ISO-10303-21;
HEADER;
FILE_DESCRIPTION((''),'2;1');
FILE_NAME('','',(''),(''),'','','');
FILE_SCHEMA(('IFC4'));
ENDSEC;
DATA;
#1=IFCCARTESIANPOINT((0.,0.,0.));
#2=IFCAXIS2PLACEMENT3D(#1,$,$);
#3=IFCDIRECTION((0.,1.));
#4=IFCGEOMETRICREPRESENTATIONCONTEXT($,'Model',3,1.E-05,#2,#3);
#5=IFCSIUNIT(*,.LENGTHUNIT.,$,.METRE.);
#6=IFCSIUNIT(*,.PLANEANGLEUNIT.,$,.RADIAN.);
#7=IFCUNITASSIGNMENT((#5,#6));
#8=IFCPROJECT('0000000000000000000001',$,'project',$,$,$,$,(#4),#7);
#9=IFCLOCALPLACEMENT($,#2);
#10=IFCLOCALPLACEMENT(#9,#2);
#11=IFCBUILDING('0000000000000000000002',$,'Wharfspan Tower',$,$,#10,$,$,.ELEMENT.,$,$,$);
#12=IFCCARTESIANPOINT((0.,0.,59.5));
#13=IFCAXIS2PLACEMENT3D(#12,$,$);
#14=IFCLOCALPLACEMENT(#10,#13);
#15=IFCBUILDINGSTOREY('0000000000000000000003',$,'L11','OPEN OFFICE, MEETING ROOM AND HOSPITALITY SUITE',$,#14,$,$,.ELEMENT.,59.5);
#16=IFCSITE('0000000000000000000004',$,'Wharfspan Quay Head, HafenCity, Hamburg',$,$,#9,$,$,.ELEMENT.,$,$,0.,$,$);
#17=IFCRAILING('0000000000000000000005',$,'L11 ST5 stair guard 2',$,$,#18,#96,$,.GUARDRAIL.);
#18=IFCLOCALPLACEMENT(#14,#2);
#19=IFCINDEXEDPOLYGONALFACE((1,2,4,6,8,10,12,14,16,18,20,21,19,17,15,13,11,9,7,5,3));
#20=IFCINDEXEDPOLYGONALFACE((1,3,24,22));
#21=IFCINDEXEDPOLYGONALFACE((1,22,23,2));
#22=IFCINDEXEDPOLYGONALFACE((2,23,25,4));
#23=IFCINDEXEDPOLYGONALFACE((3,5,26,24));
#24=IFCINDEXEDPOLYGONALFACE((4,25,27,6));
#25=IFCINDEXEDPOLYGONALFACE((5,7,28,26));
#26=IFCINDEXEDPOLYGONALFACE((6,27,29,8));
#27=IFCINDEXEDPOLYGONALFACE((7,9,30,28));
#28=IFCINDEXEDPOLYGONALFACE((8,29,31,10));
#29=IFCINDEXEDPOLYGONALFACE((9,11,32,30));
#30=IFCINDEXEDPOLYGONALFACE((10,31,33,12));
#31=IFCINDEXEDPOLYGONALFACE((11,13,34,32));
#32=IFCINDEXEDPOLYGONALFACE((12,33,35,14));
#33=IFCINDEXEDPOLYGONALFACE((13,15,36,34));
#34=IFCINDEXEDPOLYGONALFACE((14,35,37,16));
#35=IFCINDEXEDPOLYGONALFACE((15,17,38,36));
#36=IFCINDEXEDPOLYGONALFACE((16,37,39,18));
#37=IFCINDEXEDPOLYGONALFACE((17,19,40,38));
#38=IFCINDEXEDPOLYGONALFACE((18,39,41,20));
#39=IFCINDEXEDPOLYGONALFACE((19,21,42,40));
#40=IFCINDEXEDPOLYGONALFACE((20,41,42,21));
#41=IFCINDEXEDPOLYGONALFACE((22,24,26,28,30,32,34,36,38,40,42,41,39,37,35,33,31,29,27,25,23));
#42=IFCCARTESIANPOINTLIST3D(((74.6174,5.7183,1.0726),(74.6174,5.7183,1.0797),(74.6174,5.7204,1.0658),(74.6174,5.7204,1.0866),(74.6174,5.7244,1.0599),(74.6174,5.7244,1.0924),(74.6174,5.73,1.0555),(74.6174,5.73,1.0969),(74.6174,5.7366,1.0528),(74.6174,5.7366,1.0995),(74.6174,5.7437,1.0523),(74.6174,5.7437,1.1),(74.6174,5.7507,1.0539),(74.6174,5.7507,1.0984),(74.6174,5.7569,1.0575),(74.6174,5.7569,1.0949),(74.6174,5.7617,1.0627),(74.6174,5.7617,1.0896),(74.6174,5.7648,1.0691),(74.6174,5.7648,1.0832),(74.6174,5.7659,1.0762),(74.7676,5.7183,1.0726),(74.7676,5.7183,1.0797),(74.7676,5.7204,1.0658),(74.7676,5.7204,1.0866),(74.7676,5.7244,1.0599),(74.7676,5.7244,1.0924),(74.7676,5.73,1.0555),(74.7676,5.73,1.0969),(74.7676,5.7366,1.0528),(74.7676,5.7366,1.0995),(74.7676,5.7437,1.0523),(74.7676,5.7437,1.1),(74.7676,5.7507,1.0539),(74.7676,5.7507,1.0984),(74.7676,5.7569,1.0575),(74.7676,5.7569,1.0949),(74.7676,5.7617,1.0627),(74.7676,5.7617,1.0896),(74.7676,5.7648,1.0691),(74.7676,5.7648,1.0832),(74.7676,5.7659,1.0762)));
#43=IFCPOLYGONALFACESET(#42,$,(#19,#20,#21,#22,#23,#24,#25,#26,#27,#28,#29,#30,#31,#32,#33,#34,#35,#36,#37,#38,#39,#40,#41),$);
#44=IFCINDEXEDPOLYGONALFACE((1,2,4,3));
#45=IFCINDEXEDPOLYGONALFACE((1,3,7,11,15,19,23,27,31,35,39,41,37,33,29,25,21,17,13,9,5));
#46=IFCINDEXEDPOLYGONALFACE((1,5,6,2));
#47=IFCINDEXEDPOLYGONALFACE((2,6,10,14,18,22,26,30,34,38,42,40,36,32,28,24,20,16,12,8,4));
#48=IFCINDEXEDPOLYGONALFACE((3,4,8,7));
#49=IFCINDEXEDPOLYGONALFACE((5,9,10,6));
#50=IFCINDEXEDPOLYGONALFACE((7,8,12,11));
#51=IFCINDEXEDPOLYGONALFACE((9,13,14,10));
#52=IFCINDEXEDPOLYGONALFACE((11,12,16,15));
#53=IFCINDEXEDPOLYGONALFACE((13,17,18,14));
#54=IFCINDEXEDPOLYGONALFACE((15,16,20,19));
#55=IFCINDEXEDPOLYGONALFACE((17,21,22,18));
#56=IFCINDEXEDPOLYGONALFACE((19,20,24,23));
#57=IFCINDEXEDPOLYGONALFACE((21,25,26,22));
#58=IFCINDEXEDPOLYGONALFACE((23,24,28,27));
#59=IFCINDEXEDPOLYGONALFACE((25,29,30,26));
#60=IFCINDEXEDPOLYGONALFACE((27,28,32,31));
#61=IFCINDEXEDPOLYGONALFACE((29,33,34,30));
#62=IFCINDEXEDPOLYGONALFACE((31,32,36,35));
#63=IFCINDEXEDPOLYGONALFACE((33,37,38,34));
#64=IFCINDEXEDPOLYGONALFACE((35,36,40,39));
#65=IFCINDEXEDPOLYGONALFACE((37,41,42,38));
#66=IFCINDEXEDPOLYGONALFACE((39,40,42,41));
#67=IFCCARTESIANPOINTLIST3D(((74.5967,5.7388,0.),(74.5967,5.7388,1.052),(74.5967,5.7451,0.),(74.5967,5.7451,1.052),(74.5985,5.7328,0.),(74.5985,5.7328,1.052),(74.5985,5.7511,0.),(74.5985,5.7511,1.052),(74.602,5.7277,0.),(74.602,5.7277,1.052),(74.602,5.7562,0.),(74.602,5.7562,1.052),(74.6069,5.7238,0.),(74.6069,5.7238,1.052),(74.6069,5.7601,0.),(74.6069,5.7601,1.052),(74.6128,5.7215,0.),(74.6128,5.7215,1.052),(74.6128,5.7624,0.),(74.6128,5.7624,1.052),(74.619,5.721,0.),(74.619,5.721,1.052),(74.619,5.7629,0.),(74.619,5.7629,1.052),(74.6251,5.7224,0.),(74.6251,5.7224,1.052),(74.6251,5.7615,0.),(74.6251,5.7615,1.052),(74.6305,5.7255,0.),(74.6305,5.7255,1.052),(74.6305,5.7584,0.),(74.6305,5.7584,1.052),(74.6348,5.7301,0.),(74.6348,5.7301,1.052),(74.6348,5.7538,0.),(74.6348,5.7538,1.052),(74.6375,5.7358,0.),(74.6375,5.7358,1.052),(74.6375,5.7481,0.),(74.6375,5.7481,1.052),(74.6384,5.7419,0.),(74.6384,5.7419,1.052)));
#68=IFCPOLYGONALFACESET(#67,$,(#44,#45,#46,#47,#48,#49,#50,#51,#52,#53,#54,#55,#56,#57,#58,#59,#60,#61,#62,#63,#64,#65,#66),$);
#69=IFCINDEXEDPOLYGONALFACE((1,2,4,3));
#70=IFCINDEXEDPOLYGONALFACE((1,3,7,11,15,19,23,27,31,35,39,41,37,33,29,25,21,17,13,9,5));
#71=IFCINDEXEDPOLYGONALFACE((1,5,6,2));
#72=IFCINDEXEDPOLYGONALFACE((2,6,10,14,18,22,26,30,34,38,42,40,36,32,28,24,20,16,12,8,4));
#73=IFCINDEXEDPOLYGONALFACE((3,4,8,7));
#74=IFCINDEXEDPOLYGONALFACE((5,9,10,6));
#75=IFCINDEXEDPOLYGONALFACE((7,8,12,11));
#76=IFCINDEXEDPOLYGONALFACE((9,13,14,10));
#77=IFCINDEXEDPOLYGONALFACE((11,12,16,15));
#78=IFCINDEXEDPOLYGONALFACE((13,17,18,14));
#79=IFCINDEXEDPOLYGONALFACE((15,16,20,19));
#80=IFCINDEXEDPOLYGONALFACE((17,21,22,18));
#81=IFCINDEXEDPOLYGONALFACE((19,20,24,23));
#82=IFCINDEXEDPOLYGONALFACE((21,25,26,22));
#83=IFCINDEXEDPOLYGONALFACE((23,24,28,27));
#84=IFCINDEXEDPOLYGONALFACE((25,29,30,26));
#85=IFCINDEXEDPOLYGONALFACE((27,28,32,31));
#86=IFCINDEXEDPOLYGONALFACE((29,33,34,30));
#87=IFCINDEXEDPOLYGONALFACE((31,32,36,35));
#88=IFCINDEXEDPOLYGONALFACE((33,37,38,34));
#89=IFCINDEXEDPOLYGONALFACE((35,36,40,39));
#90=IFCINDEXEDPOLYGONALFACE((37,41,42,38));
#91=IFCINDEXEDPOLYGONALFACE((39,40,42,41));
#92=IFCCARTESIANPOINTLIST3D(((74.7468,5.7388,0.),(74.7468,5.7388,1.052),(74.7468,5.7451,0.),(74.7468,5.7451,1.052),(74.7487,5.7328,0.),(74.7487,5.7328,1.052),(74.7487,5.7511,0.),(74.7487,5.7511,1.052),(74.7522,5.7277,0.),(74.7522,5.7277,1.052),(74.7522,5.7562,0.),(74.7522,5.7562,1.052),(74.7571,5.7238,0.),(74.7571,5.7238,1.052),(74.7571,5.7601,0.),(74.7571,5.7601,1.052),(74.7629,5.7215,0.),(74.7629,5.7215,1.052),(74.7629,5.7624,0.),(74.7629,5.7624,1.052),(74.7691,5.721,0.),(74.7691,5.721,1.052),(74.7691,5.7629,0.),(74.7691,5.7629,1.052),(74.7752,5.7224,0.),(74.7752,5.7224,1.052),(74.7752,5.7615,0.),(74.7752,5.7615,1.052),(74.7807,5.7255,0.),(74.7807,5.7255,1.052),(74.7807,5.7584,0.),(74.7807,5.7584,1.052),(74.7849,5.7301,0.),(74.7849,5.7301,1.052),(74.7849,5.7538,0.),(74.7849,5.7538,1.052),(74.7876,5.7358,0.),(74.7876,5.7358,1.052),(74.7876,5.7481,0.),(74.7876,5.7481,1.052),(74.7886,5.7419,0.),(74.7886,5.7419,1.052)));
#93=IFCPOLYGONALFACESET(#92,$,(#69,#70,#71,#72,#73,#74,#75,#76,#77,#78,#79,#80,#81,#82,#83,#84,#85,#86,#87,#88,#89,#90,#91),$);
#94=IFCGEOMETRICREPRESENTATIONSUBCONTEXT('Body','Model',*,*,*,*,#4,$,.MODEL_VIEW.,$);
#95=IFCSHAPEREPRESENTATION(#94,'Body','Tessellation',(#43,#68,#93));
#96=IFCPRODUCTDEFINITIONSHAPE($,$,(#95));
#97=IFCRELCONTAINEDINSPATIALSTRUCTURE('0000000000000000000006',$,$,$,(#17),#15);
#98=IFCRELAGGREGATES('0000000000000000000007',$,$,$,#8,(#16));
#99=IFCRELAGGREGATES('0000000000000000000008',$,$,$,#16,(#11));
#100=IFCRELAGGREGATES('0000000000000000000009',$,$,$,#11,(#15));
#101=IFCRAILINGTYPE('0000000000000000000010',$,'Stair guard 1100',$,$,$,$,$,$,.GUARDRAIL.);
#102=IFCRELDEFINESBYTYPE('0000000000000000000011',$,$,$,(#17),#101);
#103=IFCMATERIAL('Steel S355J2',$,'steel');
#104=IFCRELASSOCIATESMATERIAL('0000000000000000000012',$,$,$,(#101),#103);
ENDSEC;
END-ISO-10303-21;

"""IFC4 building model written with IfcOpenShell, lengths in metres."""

from ifc_helpers import new_model, si_unit, direction, frame, origin, origin_2d, place, context, subcontext, project, spatial, circle, extrude, material, type_object, element, save


model = new_model("IFC4")

# Units and contexts
model_context = context("Model", 3, precision=1e-05, world=origin(), true_north=direction((0.0, 1.0)))
body_context = subcontext(model_context, "Body", "Model", "MODEL_VIEW")
ifc_project = project(units=[si_unit("LENGTHUNIT", "METRE"), si_unit("PLANEANGLEUNIT", "RADIAN")], contexts=[model_context])

# Site, building, storey
site_placement = place(None, origin())
site = spatial("IfcSite", under=ifc_project, at=site_placement, Name="Wharfspan Quay Head, HafenCity, Hamburg", CompositionType="ELEMENT", RefElevation=0.0)
building_placement = place(site_placement, origin())
building = spatial("IfcBuilding", under=site, at=building_placement, Name="Wharfspan Tower", CompositionType="ELEMENT")
storey_placement = place(building_placement, frame((0.0, 0.0, 59.5)))
storey = spatial("IfcBuildingStorey", under=building, at=storey_placement, Name="L11", Description="OPEN OFFICE, MEETING ROOM AND HOSPITALITY SUITE", CompositionType="ELEMENT", Elevation=59.5)

# Railing
ifc_material_1 = material(Name="Steel S355J2", Category="steel")
railing_type_1 = type_object("IfcRailingType", Name="Stair guard 1100", PredefinedType="GUARDRAIL", material=ifc_material_1)
railing_1_placement = place(storey_placement, frame((74.6174, 5.7419, 0.0)))
element("IfcRailing", 1, at=railing_1_placement, inside=storey, type_object=railing_type_1, Name="L11 ST5 stair guard 2", PredefinedType="GUARDRAIL", context=body_context, shape_type="SweptSolid", body=[
    extrude(circle(Radius=0.0239, at=origin_2d()), frame((0.0, 0.0, 1.0762), z_axis=(1.0, 0.0, 0.0), x_axis=(0.0, 1.0, 0.0)), (0.0, 0.0, 1.0), 0.1501),
    extrude(circle(Radius=0.021, at=origin_2d()), origin(), (0.0, 0.0, 1.0), 1.052),
    extrude(circle(Radius=0.021, at=origin_2d()), frame((0.1501, 0.0, 0.0)), (0.0, 0.0, 1.0), 1.052),
])

save(model, "model.ifc")
